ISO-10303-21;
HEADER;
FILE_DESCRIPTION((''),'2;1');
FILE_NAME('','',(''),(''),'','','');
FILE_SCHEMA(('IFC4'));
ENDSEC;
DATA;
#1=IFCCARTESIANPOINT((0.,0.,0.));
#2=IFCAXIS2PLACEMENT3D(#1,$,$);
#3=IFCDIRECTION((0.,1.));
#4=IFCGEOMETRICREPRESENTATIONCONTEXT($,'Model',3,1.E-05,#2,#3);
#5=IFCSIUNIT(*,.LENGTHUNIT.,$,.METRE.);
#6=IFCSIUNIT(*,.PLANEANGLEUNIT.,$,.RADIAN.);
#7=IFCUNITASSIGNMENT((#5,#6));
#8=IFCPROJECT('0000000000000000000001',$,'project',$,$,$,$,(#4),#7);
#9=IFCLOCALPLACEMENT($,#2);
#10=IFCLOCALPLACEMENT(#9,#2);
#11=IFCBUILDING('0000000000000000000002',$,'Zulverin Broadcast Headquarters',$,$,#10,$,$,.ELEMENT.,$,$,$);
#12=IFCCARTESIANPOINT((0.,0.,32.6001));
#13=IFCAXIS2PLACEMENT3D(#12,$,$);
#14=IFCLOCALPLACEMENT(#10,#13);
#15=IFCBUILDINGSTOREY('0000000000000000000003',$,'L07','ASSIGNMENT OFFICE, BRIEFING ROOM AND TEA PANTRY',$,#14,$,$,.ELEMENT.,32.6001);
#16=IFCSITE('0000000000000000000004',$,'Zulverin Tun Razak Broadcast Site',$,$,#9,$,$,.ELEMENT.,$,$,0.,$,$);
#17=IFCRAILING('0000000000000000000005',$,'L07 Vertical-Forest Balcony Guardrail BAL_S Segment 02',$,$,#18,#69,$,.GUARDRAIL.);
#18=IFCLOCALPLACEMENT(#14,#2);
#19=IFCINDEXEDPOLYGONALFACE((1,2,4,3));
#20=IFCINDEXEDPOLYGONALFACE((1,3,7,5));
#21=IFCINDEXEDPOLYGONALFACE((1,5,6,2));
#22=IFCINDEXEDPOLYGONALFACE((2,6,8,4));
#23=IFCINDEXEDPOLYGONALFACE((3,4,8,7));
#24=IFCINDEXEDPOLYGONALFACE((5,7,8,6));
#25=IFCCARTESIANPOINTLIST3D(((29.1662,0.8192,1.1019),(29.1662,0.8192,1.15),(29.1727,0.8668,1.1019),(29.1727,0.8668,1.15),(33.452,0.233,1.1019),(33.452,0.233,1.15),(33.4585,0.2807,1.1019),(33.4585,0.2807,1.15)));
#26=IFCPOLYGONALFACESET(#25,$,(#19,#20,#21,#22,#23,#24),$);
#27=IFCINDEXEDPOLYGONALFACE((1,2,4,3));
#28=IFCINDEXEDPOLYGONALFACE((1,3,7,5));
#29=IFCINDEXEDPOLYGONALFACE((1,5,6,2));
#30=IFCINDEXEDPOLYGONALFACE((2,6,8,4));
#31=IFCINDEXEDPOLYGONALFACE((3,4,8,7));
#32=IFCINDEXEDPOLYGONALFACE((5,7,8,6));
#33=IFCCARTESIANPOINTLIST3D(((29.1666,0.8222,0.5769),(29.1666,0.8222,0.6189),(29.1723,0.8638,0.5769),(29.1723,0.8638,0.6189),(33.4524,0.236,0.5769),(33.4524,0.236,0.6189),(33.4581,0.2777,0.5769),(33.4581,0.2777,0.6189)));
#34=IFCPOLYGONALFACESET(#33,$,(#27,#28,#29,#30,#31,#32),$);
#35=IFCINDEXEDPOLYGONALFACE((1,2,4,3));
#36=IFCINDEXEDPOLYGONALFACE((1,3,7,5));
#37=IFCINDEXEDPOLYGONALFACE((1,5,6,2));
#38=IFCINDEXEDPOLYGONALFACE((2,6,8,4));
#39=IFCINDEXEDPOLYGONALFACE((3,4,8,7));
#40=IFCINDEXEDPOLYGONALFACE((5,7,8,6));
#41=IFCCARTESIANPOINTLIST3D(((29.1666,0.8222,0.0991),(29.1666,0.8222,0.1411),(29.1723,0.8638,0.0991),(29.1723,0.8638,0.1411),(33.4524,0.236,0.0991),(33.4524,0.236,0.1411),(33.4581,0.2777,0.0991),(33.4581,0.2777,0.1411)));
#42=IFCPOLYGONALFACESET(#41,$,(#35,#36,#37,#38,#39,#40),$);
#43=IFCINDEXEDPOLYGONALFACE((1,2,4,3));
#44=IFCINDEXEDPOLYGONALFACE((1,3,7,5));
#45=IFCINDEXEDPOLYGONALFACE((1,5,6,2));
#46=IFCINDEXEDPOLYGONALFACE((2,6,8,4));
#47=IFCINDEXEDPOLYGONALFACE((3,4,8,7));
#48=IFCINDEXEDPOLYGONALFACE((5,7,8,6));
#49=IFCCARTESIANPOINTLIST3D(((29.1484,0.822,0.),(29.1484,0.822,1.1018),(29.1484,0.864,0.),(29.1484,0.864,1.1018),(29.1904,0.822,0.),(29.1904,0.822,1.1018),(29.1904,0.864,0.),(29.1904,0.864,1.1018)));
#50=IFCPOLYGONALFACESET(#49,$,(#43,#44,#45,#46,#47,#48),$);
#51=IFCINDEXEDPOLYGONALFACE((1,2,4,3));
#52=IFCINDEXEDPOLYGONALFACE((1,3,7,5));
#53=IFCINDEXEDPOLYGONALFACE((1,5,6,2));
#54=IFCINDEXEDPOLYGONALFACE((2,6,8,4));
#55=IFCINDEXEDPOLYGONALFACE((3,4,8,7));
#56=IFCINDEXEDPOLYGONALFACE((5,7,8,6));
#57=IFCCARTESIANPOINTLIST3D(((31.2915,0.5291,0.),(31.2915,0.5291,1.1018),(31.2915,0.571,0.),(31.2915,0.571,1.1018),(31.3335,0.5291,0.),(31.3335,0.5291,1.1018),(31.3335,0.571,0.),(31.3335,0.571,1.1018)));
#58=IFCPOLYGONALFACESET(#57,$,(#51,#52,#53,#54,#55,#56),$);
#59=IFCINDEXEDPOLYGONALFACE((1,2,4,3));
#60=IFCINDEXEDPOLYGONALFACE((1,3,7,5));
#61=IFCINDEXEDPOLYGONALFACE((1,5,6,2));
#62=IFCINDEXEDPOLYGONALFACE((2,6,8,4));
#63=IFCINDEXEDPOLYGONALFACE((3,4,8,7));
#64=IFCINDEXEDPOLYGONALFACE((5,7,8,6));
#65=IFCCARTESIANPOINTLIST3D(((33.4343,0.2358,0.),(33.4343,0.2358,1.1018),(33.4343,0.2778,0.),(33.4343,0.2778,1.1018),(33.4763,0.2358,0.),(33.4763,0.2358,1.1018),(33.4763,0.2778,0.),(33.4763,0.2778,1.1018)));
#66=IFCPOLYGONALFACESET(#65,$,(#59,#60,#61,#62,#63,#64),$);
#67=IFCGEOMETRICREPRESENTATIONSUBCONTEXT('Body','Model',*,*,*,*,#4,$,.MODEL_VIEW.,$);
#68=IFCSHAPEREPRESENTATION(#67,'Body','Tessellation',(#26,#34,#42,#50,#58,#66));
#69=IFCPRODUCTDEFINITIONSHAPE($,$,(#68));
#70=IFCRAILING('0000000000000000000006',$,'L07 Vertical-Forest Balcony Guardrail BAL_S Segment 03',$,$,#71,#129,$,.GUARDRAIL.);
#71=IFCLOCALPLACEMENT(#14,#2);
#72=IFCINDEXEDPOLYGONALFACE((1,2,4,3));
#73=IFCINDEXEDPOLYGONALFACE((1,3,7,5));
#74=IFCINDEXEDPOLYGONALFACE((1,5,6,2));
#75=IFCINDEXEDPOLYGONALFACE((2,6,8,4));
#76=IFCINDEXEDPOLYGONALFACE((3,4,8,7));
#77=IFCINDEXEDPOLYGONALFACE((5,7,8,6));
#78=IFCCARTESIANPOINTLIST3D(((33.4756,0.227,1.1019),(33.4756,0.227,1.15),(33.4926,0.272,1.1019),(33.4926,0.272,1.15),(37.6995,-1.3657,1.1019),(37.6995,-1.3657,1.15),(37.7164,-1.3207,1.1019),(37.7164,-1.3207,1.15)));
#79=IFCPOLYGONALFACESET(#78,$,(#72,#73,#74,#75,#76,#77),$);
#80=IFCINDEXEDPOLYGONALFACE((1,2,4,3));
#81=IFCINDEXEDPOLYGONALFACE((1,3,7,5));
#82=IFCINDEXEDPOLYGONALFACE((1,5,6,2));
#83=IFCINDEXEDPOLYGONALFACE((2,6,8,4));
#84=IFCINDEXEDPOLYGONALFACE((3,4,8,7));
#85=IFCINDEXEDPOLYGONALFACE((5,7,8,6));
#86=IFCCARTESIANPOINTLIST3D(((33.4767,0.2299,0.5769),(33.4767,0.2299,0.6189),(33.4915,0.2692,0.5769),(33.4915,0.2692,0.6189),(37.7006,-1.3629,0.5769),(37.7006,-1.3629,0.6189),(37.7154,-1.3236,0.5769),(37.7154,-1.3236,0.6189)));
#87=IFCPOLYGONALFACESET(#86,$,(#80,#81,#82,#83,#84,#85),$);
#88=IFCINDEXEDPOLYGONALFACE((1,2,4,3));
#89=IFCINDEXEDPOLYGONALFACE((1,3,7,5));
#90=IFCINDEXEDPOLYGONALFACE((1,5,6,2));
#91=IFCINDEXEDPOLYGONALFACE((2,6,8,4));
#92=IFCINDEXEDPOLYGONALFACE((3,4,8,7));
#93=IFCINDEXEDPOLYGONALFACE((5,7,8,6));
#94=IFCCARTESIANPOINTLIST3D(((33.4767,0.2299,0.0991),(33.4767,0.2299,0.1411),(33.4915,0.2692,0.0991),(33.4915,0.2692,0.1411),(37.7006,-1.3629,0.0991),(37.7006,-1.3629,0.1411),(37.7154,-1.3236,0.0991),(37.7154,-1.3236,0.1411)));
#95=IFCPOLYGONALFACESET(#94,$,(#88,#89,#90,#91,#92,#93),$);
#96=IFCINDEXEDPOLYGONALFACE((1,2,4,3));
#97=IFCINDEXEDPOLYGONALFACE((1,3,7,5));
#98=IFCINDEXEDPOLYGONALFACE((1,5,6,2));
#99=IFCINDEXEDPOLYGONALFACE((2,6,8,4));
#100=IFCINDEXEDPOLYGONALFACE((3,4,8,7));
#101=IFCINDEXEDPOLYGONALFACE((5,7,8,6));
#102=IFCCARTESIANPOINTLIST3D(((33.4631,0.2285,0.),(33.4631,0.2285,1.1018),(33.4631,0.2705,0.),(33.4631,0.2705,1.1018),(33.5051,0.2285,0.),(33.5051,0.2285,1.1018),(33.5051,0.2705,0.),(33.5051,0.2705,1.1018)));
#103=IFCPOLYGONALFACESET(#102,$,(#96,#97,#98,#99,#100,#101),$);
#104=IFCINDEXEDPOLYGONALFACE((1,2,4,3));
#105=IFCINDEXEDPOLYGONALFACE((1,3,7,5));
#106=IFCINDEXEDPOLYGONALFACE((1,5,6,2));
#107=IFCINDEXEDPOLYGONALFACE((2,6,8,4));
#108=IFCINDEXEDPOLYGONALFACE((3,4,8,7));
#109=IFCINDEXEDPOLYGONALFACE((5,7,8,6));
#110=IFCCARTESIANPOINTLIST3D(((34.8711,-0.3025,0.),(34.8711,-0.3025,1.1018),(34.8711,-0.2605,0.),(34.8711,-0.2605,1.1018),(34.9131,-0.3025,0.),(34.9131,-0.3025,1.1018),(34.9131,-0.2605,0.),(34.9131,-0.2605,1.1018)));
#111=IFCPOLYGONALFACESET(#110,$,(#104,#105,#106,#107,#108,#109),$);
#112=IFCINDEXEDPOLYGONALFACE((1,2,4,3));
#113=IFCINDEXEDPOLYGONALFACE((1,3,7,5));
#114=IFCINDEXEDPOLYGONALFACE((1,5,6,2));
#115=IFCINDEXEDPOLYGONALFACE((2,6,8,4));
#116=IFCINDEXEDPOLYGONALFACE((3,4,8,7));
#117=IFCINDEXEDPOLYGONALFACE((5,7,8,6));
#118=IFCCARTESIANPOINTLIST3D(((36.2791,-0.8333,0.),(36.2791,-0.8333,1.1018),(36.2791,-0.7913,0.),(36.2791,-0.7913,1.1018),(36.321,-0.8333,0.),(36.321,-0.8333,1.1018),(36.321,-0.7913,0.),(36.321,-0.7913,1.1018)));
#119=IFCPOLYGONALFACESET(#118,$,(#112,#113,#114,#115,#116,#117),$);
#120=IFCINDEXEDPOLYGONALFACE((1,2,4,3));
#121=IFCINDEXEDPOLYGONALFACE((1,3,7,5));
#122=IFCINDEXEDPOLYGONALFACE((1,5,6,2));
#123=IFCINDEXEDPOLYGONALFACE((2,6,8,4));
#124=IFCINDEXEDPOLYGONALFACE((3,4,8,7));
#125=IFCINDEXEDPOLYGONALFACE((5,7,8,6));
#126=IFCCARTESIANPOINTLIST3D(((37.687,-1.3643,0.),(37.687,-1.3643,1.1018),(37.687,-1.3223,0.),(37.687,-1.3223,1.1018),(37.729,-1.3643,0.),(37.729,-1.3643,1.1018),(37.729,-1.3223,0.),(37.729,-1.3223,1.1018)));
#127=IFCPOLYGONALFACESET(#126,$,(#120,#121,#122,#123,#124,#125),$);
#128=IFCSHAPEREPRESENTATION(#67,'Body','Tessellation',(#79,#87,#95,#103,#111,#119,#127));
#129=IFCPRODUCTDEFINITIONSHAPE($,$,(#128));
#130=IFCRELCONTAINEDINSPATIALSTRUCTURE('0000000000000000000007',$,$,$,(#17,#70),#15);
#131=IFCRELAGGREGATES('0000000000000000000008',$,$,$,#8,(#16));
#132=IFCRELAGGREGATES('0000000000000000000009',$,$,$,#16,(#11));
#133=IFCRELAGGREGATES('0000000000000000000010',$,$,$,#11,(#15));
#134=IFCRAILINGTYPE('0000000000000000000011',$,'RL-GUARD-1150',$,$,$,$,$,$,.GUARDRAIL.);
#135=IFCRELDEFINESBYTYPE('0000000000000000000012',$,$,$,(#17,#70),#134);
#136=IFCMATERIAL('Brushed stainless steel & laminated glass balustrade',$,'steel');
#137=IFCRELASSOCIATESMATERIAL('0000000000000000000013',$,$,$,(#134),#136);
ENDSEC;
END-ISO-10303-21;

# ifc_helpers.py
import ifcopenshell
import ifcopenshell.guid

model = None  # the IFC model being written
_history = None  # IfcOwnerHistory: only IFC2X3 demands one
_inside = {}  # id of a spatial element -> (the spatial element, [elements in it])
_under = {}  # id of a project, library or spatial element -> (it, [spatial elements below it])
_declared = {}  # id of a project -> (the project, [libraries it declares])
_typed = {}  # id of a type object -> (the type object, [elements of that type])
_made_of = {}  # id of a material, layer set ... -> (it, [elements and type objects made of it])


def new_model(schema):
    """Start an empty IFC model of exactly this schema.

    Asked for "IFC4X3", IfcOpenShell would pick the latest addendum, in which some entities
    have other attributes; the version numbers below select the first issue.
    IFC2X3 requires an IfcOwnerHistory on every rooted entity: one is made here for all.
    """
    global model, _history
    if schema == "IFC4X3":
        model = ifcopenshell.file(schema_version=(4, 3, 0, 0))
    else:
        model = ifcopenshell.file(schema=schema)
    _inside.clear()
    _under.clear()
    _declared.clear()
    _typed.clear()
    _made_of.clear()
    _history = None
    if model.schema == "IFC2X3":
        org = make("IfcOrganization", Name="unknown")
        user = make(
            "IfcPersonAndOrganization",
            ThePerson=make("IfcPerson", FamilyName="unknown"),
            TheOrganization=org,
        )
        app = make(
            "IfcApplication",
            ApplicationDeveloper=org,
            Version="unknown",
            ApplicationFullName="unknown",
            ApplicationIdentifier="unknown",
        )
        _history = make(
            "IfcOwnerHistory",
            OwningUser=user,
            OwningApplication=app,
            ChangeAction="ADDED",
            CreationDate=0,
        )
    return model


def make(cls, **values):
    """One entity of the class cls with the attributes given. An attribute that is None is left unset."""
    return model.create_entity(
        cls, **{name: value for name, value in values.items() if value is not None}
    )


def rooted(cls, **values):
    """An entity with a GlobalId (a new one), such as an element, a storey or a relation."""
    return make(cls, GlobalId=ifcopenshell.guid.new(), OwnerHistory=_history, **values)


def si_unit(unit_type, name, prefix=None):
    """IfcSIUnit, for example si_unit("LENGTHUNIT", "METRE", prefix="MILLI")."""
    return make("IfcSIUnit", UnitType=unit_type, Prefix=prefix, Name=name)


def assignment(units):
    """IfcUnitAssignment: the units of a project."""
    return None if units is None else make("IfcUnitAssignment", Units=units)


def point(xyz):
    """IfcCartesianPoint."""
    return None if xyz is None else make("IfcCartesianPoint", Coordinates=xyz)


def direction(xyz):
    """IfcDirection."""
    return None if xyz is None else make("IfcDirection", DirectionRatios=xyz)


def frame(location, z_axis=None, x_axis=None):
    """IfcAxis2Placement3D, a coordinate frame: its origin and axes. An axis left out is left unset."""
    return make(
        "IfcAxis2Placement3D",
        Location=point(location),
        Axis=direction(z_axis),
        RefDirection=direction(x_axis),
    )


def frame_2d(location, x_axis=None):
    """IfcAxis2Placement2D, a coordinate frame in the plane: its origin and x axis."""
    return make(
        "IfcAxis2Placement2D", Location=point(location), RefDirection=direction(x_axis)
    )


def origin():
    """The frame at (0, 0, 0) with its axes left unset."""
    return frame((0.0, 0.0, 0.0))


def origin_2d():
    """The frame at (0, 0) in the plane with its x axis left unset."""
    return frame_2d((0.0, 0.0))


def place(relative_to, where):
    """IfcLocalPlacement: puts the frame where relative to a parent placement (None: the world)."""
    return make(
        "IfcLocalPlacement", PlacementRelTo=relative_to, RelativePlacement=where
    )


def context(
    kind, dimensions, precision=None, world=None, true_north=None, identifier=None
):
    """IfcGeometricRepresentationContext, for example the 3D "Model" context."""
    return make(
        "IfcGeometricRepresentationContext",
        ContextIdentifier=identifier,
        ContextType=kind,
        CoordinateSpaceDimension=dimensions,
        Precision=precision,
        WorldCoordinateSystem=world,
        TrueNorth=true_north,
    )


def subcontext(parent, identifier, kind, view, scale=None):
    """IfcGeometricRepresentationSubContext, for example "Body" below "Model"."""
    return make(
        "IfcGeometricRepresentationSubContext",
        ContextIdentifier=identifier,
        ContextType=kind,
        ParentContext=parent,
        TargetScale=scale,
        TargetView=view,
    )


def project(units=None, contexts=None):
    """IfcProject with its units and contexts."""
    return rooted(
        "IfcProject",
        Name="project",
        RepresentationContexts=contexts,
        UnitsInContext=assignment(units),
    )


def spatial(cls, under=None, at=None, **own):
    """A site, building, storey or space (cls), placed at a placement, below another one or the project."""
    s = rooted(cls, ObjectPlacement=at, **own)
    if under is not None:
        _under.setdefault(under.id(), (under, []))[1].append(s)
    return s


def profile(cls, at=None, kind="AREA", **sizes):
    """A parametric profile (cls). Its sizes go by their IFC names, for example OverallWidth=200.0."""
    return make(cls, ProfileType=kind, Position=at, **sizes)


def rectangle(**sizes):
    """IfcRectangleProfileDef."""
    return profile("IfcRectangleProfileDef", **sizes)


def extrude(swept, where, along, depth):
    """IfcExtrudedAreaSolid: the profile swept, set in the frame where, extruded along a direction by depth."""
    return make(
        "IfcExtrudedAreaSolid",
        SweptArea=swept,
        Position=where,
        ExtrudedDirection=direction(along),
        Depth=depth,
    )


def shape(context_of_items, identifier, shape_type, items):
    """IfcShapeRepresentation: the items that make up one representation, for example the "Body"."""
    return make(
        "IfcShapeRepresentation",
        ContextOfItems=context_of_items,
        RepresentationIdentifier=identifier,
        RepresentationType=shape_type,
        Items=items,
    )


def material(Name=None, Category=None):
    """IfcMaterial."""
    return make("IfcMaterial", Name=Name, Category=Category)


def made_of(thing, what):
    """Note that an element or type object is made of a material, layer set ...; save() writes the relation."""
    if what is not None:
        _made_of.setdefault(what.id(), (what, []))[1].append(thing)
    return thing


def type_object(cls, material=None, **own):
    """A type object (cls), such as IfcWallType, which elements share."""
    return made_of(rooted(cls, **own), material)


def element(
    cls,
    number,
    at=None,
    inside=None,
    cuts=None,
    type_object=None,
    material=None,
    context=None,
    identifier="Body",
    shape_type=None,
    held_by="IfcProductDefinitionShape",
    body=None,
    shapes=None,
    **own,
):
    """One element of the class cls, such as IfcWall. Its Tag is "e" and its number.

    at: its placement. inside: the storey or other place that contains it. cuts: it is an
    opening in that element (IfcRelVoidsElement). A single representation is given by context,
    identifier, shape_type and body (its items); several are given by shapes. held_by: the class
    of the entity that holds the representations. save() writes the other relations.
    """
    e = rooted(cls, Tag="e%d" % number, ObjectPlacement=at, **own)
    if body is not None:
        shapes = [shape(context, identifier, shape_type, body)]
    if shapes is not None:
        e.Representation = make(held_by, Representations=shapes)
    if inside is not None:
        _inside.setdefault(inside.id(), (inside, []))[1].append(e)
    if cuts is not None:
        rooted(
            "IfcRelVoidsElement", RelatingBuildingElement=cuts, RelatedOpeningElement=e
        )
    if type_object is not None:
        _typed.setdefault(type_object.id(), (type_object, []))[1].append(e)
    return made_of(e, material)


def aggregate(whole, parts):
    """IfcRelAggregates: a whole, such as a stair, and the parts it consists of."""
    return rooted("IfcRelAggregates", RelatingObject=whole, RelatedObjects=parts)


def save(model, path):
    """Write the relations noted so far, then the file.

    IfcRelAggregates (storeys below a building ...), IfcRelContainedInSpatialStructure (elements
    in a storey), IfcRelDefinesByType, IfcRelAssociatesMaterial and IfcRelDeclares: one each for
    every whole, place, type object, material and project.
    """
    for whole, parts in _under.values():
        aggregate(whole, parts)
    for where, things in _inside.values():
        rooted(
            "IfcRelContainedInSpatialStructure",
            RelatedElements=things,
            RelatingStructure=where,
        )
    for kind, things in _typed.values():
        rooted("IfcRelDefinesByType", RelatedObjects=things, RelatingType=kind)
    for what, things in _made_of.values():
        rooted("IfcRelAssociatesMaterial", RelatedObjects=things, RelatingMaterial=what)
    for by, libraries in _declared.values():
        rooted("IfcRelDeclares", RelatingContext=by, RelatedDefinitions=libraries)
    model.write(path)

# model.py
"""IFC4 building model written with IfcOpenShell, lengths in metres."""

from ifc_helpers import new_model, si_unit, direction, frame, origin, origin_2d, place, context, subcontext, project, spatial, rectangle, extrude, material, type_object, element, save


model = new_model("IFC4")

# Units and contexts
model_context = context("Model", 3, precision=1e-05, world=origin(), true_north=direction((0.0, 1.0)))
body_context = subcontext(model_context, "Body", "Model", "MODEL_VIEW")
ifc_project = project(units=[si_unit("LENGTHUNIT", "METRE"), si_unit("PLANEANGLEUNIT", "RADIAN")], contexts=[model_context])

# Site, building, storey
site_placement = place(None, origin())
site = spatial("IfcSite", under=ifc_project, at=site_placement, Name="Zulverin Tun Razak Broadcast Site", CompositionType="ELEMENT", RefElevation=0.0)
building_placement = place(site_placement, origin())
building = spatial("IfcBuilding", under=site, at=building_placement, Name="Zulverin Broadcast Headquarters", CompositionType="ELEMENT")
storey_placement = place(building_placement, frame((0.0, 0.0, 32.6001)))
storey = spatial("IfcBuildingStorey", under=building, at=storey_placement, Name="L07", Description="ASSIGNMENT OFFICE, BRIEFING ROOM AND TEA PANTRY", CompositionType="ELEMENT", Elevation=32.6001)

# Railings
ifc_material_1 = material(Name="Brushed stainless steel & laminated glass balustrade", Category="steel")
railing_type = type_object("IfcRailingType", Name="RL-GUARD-1150", PredefinedType="GUARDRAIL", material=ifc_material_1)
railing_1_placement = place(storey_placement, frame((29.1694, 0.843, 0.0)))
element("IfcRailing", 1, at=railing_1_placement, inside=storey, type_object=railing_type, Name="L07 Vertical-Forest Balcony Guardrail BAL_S Segment 02", PredefinedType="GUARDRAIL", context=body_context, shape_type="SweptSolid", body=[
    extrude(rectangle(XDim=0.0481, YDim=0.0481, at=origin_2d()), frame((0.0, 0.0, 1.126), z_axis=(0.990776, -0.135509, 0.0), x_axis=(0.135509, 0.990776, 0.0)), (0.0, 0.0, 1.0), 4.3257),
    extrude(rectangle(XDim=0.042, YDim=0.042, at=origin_2d()), frame((0.0, 0.0, 0.5979), z_axis=(0.990776, -0.135509, 0.0), x_axis=(0.135509, 0.990776, 0.0)), (0.0, 0.0, 1.0), 4.3257),
    extrude(rectangle(XDim=0.042, YDim=0.042, at=origin_2d()), frame((0.0, 0.0, 0.1201), z_axis=(0.990776, -0.135509, 0.0), x_axis=(0.135509, 0.990776, 0.0)), (0.0, 0.0, 1.0), 4.3257),
    extrude(rectangle(XDim=0.042, YDim=0.042, at=origin_2d()), origin(), (0.0, 0.0, 1.0), 1.1018),
    extrude(rectangle(XDim=0.042, YDim=0.042, at=origin_2d()), frame((2.1431, -0.293, 0.0)), (0.0, 0.0, 1.0), 1.1018),
    extrude(rectangle(XDim=0.042, YDim=0.042, at=origin_2d()), frame((4.2859, -0.5862, 0.0)), (0.0, 0.0, 1.0), 1.1018),
])
railing_2_placement = place(storey_placement, frame((33.4841, 0.2495, 0.0)))
element("IfcRailing", 2, at=railing_2_placement, inside=storey, type_object=railing_type, Name="L07 Vertical-Forest Balcony Guardrail BAL_S Segment 03", PredefinedType="GUARDRAIL", context=body_context, shape_type="SweptSolid", body=[
    extrude(rectangle(XDim=0.0481, YDim=0.0481, at=origin_2d()), frame((0.0, 0.0, 1.126), z_axis=(0.935685, -0.352836, 0.0), x_axis=(0.352836, 0.935685, 0.0)), (0.0, 0.0, 1.0), 4.5142),
    extrude(rectangle(XDim=0.042, YDim=0.042, at=origin_2d()), frame((0.0, 0.0, 0.5979), z_axis=(0.935685, -0.352836, 0.0), x_axis=(0.352836, 0.935685, 0.0)), (0.0, 0.0, 1.0), 4.5142),
    extrude(rectangle(XDim=0.042, YDim=0.042, at=origin_2d()), frame((0.0, 0.0, 0.1201), z_axis=(0.935685, -0.352836, 0.0), x_axis=(0.352836, 0.935685, 0.0)), (0.0, 0.0, 1.0), 4.5142),
    extrude(rectangle(XDim=0.042, YDim=0.042, at=origin_2d()), origin(), (0.0, 0.0, 1.0), 1.1018),
    extrude(rectangle(XDim=0.042, YDim=0.042, at=origin_2d()), frame((1.408, -0.531, 0.0)), (0.0, 0.0, 1.0), 1.1018),
    extrude(rectangle(XDim=0.042, YDim=0.042, at=origin_2d()), frame((2.8159, -1.0618, 0.0)), (0.0, 0.0, 1.0), 1.1018),
    extrude(rectangle(XDim=0.042, YDim=0.042, at=origin_2d()), frame((4.2239, -1.5928, 0.0)), (0.0, 0.0, 1.0), 1.1018),
])

save(model, "model.ifc")
